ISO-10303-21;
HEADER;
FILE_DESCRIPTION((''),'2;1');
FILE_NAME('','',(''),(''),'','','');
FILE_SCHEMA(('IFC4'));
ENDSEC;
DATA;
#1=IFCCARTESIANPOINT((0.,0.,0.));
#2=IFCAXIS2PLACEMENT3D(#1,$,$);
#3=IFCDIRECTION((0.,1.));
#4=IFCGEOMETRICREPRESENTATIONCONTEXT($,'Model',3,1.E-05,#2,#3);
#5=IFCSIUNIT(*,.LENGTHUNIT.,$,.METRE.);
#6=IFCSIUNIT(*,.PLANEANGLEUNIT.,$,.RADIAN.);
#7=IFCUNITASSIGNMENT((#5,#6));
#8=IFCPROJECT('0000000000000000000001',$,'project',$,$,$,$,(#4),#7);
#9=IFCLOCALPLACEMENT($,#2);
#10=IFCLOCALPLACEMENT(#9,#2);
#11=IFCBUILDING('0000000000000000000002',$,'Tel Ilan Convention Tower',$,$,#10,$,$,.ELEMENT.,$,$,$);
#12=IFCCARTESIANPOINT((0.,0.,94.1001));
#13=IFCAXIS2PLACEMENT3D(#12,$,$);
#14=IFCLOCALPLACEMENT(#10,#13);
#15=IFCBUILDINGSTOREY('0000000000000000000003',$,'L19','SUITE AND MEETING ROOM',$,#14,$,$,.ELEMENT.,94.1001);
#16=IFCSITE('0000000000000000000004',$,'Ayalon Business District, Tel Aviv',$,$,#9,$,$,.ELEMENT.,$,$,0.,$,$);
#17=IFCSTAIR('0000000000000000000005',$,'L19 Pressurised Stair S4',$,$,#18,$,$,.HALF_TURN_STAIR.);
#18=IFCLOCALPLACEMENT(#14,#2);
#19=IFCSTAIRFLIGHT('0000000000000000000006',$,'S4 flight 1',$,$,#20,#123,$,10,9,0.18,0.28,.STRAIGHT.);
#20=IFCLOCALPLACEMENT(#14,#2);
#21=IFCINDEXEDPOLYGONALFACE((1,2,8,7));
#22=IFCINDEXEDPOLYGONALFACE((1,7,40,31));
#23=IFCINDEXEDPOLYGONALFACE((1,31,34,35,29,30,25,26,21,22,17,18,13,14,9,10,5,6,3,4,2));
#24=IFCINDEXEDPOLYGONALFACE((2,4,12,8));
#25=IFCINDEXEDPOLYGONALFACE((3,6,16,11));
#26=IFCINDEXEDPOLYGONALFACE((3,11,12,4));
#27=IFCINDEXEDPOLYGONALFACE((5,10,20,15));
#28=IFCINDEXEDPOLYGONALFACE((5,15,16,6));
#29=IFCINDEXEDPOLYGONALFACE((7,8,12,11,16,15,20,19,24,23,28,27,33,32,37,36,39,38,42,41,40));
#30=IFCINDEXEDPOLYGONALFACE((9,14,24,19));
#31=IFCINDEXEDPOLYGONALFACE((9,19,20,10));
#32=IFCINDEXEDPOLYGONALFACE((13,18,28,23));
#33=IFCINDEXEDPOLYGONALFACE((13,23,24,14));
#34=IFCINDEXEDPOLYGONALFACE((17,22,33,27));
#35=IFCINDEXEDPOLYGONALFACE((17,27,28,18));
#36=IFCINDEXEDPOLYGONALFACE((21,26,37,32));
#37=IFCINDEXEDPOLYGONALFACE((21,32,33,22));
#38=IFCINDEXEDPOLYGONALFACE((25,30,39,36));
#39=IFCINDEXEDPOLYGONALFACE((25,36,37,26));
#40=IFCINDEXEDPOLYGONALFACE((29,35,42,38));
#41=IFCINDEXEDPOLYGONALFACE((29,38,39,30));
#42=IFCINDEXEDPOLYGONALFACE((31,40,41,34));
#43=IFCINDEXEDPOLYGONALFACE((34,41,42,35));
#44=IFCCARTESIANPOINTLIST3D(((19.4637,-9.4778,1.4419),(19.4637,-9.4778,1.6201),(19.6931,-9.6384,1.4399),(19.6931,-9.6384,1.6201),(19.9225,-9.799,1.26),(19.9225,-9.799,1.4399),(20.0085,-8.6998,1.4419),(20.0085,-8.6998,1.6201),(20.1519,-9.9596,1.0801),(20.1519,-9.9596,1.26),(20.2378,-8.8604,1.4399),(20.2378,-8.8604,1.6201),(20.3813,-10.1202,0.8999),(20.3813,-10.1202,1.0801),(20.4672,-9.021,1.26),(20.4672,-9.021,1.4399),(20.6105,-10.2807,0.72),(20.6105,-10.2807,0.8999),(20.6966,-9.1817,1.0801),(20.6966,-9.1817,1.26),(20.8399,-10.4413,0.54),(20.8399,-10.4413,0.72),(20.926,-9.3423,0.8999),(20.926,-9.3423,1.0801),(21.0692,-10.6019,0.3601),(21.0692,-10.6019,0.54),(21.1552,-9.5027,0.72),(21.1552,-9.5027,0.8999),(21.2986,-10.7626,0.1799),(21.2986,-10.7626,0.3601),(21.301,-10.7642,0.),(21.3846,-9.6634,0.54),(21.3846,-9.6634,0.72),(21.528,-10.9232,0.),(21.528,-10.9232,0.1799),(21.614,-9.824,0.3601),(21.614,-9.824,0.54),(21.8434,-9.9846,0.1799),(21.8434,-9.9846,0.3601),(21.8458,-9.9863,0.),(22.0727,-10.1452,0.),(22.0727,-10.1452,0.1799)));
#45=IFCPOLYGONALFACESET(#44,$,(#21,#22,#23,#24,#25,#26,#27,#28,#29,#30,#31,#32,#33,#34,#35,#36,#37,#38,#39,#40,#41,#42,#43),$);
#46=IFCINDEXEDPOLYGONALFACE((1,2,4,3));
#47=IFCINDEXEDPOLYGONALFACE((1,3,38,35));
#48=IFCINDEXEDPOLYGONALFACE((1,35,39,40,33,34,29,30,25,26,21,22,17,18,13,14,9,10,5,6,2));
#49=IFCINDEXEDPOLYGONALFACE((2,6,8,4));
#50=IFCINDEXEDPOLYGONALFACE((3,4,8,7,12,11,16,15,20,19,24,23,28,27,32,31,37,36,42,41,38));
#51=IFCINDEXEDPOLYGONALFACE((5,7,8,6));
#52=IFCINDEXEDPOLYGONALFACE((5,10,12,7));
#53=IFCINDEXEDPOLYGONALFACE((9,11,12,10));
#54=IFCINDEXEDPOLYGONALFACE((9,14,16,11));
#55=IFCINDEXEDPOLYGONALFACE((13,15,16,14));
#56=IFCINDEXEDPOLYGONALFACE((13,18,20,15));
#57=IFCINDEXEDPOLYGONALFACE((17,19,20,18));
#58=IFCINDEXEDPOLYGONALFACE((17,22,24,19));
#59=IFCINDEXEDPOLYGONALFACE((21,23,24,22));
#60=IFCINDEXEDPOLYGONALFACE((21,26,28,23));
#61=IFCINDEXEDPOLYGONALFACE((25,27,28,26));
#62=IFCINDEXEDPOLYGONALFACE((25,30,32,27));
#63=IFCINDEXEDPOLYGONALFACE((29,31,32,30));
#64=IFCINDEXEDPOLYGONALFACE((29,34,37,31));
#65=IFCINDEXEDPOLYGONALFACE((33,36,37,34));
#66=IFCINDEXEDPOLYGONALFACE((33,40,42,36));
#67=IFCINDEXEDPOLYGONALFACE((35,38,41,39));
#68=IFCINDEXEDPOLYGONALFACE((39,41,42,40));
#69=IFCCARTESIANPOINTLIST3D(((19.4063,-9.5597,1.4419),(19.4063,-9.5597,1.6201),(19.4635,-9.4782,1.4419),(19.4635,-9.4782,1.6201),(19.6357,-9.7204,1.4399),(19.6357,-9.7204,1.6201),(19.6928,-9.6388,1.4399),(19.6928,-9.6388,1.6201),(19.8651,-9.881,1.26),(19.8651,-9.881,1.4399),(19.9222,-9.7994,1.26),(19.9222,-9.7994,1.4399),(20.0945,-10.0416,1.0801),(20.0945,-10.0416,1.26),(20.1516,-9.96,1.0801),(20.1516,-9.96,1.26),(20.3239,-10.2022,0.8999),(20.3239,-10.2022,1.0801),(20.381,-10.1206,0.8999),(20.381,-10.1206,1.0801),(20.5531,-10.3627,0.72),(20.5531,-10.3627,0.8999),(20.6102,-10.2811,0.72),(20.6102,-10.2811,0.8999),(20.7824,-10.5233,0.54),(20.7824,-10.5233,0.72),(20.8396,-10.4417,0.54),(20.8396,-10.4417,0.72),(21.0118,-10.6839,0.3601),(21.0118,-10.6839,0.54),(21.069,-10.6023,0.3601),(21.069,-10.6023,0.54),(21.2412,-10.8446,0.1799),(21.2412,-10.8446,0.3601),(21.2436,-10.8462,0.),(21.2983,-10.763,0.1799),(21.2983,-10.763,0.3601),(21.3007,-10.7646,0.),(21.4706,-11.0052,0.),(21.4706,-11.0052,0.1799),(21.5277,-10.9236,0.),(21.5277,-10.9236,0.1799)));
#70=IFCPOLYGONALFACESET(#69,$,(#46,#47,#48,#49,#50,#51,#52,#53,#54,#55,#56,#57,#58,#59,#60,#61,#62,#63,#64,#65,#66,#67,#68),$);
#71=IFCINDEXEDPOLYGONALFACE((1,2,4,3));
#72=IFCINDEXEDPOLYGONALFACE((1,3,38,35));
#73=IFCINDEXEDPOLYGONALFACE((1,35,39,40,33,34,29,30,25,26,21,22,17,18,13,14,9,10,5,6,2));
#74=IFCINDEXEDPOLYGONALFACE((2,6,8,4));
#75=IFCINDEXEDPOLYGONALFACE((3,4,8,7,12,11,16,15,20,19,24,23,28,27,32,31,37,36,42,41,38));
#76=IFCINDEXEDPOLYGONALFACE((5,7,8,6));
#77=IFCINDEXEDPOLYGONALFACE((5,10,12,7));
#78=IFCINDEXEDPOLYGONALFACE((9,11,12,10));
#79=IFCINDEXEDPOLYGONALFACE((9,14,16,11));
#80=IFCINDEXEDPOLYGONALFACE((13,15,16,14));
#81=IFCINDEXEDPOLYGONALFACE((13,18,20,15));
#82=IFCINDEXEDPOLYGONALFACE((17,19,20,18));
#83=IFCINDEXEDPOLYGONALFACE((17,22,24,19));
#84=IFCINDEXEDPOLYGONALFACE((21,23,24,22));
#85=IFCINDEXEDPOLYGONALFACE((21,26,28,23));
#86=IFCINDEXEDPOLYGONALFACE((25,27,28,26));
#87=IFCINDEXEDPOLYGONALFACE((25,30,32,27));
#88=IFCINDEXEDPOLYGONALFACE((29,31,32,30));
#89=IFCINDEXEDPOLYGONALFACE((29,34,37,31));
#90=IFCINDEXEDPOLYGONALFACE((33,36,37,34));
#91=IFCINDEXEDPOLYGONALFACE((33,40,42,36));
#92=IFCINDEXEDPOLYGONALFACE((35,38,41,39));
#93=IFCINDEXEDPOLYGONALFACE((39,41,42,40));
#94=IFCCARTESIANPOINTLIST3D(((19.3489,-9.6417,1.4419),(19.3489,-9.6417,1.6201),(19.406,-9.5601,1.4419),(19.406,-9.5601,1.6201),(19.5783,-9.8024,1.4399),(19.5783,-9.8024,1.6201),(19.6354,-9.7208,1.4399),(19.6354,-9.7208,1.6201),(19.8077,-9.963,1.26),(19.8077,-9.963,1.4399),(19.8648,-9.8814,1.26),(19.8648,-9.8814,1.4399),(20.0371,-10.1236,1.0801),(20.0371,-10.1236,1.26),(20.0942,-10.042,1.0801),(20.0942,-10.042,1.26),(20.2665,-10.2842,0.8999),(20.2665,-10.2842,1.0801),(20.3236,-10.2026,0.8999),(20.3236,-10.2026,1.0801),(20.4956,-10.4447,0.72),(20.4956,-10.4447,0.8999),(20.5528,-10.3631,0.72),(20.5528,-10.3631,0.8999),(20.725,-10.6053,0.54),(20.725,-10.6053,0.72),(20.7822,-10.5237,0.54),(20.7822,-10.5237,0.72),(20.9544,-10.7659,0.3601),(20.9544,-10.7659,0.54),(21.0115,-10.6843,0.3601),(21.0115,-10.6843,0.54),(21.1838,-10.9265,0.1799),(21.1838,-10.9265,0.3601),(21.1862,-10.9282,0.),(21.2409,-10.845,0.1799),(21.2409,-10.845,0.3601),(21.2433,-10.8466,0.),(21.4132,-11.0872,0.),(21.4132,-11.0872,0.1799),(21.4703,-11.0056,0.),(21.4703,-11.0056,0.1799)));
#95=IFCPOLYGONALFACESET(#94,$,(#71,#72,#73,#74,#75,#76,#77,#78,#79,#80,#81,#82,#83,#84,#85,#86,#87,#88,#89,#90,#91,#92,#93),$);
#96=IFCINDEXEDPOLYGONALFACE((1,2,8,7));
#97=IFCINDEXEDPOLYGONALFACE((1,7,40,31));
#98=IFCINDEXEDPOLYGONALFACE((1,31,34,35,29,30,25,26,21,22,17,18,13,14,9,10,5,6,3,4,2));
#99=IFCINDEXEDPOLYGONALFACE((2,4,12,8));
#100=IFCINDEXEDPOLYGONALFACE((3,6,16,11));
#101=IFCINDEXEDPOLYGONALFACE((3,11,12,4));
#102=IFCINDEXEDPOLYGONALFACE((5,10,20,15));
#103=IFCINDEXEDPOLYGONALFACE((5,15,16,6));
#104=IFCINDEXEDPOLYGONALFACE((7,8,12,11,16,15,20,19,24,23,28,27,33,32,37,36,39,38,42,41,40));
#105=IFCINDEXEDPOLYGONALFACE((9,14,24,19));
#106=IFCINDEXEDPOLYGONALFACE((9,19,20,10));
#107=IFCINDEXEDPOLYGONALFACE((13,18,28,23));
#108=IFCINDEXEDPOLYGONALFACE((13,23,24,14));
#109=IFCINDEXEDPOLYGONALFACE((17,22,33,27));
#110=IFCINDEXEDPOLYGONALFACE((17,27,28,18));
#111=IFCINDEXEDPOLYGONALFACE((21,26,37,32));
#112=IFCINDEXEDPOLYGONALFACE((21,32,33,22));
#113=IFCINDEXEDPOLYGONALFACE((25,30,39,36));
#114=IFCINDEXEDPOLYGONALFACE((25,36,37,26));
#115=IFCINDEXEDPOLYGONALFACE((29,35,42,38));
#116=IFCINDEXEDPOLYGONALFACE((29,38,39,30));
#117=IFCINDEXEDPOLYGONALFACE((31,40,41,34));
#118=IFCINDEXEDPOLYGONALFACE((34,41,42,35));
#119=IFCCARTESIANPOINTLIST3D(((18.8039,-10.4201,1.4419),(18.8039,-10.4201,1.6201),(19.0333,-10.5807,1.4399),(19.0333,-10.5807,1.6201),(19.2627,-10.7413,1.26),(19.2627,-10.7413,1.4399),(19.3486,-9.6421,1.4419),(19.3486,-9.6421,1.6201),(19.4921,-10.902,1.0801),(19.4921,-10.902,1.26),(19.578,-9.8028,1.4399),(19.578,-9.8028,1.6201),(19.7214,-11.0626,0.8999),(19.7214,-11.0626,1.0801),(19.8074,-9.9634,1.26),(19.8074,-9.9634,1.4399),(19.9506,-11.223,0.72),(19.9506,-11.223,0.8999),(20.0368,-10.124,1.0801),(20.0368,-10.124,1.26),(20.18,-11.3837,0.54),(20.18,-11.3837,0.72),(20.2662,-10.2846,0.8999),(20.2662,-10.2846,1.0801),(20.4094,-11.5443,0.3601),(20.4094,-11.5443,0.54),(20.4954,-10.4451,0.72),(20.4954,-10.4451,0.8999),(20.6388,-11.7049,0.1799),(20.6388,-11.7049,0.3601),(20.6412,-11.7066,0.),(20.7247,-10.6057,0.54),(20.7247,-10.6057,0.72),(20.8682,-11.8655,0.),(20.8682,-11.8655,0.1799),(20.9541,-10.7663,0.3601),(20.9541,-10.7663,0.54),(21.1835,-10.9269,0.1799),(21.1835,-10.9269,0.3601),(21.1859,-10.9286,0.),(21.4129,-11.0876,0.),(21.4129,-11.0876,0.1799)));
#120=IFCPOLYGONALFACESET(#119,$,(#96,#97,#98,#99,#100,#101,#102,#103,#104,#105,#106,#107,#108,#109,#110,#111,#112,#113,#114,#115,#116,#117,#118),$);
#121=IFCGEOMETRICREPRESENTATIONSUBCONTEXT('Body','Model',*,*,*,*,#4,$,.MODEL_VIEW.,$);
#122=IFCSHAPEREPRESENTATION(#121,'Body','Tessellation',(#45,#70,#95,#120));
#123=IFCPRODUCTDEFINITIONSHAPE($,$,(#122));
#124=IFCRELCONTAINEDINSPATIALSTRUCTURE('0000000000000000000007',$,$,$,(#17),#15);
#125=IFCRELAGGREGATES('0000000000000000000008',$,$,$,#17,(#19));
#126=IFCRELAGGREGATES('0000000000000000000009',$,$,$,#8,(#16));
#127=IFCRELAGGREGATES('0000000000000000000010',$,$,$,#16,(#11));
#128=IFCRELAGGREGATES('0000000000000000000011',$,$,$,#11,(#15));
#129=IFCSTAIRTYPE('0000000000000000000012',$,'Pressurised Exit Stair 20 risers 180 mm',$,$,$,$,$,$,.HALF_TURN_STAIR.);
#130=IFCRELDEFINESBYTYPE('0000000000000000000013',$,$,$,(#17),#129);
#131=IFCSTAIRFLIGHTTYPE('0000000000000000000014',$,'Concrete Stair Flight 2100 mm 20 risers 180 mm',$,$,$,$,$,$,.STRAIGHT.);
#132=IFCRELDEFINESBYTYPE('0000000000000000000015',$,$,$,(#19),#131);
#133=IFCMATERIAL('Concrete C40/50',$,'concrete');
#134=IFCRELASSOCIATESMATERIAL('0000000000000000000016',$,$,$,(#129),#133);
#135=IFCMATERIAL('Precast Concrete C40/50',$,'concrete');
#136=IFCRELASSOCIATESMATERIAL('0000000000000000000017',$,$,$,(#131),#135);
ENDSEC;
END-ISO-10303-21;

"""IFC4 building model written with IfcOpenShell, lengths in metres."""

from ifc_helpers import new_model, si_unit, direction, frame, origin, place, context, subcontext, project, spatial, polyline, outline, extrude, material, type_object, element, aggregate, save


model = new_model("IFC4")

# Units and contexts
model_context = context("Model", 3, precision=1e-05, world=origin(), true_north=direction((0.0, 1.0)))
body_context = subcontext(model_context, "Body", "Model", "MODEL_VIEW")
ifc_project = project(units=[si_unit("LENGTHUNIT", "METRE"), si_unit("PLANEANGLEUNIT", "RADIAN")], contexts=[model_context])

# Site, building, storey
site_placement = place(None, origin())
site = spatial("IfcSite", under=ifc_project, at=site_placement, Name="Ayalon Business District, Tel Aviv", CompositionType="ELEMENT", RefElevation=0.0)
building_placement = place(site_placement, origin())
building = spatial("IfcBuilding", under=site, at=building_placement, Name="Tel Ilan Convention Tower", CompositionType="ELEMENT")
storey_placement = place(building_placement, frame((0.0, 0.0, 94.1001)))
storey = spatial("IfcBuildingStorey", under=building, at=storey_placement, Name="L19", Description="SUITE AND MEETING ROOM", CompositionType="ELEMENT", Elevation=94.1001)

# Stair, stair flight
ifc_material_1 = material(Name="Concrete C40/50", Category="concrete")
stair_type = type_object("IfcStairType", Name="Pressurised Exit Stair 20 risers 180 mm", PredefinedType="HALF_TURN_STAIR", material=ifc_material_1)
ifc_material_2 = material(Name="Precast Concrete C40/50", Category="concrete")
stair_flight_type = type_object("IfcStairFlightType", Name="Concrete Stair Flight 2100 mm 20 risers 180 mm", PredefinedType="STRAIGHT", material=ifc_material_2)
stair_1_placement = place(storey_placement, origin())
stair_1 = element("IfcStair", 1, at=stair_1_placement, inside=storey, type_object=stair_type, Name="L19 Pressurised Stair S4", PredefinedType="HALF_TURN_STAIR")
stair_flight_1_placement = place(storey_placement, frame((21.4705, -11.0054, 0.0), z_axis=(0.0, 0.0, 1.0), x_axis=(-0.819152, 0.573576, 0.0)))
stair_flight_1 = element("IfcStairFlight", 2, at=stair_flight_1_placement, type_object=stair_flight_type, Name="S4 flight 1", NumberOfRisers=10, NumberOfTreads=9, PredefinedType="STRAIGHT", RiserHeight=0.18, TreadLength=0.28, context=body_context, shape_type="SweptSolid", body=[
    extrude(outline(polyline([(0.0, 0.0), (0.0, 0.1799), (0.28, 0.1799), (0.28, 0.3601), (0.5601, 0.3601), (0.5601, 0.54), (0.8401, 0.54), (0.8401, 0.72), (1.1201, 0.72), (1.1201, 0.8999), (1.3999, 0.8999), (1.3999, 1.0801), (1.6799, 1.0801), (1.6799, 1.26), (1.96, 1.26), (1.96, 1.4399), (2.24, 1.4399), (2.24, 1.6201), (2.52, 1.6201), (2.52, 1.8), (2.52, 1.4419), (0.2771, 0.0), (0.0, 0.0)])), frame((0.0, -0.1003, 0.0), z_axis=(0.0, -1.0, 0.0), x_axis=(1.0, 0.0, 0.0)), (0.0, 0.0, 1.0), 0.9497),
    extrude(outline(polyline([(0.0, 0.0), (0.0, 0.1799), (0.28, 0.1799), (0.28, 0.3601), (0.5601, 0.3601), (0.5601, 0.54), (0.8401, 0.54), (0.8401, 0.72), (1.1201, 0.72), (1.1201, 0.8999), (1.3999, 0.8999), (1.3999, 1.0801), (1.6799, 1.0801), (1.6799, 1.26), (1.96, 1.26), (1.96, 1.4399), (2.24, 1.4399), (2.24, 1.6201), (2.52, 1.6201), (2.52, 1.8), (2.52, 1.4419), (0.2771, 0.0), (0.0, 0.0)])), frame((0.0, -0.0002, 0.0), z_axis=(0.0, -1.0, 0.0), x_axis=(1.0, 0.0, 0.0)), (0.0, 0.0, 1.0), 0.0996),
    extrude(outline(polyline([(0.0, 0.0), (0.0, 0.1799), (0.28, 0.1799), (0.28, 0.3601), (0.5601, 0.3601), (0.5601, 0.54), (0.8401, 0.54), (0.8401, 0.72), (1.1201, 0.72), (1.1201, 0.8999), (1.3999, 0.8999), (1.3999, 1.0801), (1.6799, 1.0801), (1.6799, 1.26), (1.96, 1.26), (1.96, 1.4399), (2.24, 1.4399), (2.24, 1.6201), (2.52, 1.6201), (2.52, 1.8), (2.52, 1.4419), (0.2771, 0.0), (0.0, 0.0)])), frame((0.0, 0.0999, 0.0), z_axis=(0.0, -1.0, 0.0), x_axis=(1.0, 0.0, 0.0)), (0.0, 0.0, 1.0), 0.0996),
    extrude(outline(polyline([(0.0, 0.0), (0.0, 0.1799), (0.28, 0.1799), (0.28, 0.3601), (0.5601, 0.3601), (0.5601, 0.54), (0.8401, 0.54), (0.8401, 0.72), (1.1201, 0.72), (1.1201, 0.8999), (1.3999, 0.8999), (1.3999, 1.0801), (1.6799, 1.0801), (1.6799, 1.26), (1.96, 1.26), (1.96, 1.4399), (2.24, 1.4399), (2.24, 1.6201), (2.52, 1.6201), (2.52, 1.8), (2.52, 1.4419), (0.2771, 0.0), (0.0, 0.0)])), frame((0.0, 1.05, 0.0), z_axis=(0.0, -1.0, 0.0), x_axis=(1.0, 0.0, 0.0)), (0.0, 0.0, 1.0), 0.9497),
])
aggregate(stair_1, [stair_flight_1])

save(model, "model.ifc")
